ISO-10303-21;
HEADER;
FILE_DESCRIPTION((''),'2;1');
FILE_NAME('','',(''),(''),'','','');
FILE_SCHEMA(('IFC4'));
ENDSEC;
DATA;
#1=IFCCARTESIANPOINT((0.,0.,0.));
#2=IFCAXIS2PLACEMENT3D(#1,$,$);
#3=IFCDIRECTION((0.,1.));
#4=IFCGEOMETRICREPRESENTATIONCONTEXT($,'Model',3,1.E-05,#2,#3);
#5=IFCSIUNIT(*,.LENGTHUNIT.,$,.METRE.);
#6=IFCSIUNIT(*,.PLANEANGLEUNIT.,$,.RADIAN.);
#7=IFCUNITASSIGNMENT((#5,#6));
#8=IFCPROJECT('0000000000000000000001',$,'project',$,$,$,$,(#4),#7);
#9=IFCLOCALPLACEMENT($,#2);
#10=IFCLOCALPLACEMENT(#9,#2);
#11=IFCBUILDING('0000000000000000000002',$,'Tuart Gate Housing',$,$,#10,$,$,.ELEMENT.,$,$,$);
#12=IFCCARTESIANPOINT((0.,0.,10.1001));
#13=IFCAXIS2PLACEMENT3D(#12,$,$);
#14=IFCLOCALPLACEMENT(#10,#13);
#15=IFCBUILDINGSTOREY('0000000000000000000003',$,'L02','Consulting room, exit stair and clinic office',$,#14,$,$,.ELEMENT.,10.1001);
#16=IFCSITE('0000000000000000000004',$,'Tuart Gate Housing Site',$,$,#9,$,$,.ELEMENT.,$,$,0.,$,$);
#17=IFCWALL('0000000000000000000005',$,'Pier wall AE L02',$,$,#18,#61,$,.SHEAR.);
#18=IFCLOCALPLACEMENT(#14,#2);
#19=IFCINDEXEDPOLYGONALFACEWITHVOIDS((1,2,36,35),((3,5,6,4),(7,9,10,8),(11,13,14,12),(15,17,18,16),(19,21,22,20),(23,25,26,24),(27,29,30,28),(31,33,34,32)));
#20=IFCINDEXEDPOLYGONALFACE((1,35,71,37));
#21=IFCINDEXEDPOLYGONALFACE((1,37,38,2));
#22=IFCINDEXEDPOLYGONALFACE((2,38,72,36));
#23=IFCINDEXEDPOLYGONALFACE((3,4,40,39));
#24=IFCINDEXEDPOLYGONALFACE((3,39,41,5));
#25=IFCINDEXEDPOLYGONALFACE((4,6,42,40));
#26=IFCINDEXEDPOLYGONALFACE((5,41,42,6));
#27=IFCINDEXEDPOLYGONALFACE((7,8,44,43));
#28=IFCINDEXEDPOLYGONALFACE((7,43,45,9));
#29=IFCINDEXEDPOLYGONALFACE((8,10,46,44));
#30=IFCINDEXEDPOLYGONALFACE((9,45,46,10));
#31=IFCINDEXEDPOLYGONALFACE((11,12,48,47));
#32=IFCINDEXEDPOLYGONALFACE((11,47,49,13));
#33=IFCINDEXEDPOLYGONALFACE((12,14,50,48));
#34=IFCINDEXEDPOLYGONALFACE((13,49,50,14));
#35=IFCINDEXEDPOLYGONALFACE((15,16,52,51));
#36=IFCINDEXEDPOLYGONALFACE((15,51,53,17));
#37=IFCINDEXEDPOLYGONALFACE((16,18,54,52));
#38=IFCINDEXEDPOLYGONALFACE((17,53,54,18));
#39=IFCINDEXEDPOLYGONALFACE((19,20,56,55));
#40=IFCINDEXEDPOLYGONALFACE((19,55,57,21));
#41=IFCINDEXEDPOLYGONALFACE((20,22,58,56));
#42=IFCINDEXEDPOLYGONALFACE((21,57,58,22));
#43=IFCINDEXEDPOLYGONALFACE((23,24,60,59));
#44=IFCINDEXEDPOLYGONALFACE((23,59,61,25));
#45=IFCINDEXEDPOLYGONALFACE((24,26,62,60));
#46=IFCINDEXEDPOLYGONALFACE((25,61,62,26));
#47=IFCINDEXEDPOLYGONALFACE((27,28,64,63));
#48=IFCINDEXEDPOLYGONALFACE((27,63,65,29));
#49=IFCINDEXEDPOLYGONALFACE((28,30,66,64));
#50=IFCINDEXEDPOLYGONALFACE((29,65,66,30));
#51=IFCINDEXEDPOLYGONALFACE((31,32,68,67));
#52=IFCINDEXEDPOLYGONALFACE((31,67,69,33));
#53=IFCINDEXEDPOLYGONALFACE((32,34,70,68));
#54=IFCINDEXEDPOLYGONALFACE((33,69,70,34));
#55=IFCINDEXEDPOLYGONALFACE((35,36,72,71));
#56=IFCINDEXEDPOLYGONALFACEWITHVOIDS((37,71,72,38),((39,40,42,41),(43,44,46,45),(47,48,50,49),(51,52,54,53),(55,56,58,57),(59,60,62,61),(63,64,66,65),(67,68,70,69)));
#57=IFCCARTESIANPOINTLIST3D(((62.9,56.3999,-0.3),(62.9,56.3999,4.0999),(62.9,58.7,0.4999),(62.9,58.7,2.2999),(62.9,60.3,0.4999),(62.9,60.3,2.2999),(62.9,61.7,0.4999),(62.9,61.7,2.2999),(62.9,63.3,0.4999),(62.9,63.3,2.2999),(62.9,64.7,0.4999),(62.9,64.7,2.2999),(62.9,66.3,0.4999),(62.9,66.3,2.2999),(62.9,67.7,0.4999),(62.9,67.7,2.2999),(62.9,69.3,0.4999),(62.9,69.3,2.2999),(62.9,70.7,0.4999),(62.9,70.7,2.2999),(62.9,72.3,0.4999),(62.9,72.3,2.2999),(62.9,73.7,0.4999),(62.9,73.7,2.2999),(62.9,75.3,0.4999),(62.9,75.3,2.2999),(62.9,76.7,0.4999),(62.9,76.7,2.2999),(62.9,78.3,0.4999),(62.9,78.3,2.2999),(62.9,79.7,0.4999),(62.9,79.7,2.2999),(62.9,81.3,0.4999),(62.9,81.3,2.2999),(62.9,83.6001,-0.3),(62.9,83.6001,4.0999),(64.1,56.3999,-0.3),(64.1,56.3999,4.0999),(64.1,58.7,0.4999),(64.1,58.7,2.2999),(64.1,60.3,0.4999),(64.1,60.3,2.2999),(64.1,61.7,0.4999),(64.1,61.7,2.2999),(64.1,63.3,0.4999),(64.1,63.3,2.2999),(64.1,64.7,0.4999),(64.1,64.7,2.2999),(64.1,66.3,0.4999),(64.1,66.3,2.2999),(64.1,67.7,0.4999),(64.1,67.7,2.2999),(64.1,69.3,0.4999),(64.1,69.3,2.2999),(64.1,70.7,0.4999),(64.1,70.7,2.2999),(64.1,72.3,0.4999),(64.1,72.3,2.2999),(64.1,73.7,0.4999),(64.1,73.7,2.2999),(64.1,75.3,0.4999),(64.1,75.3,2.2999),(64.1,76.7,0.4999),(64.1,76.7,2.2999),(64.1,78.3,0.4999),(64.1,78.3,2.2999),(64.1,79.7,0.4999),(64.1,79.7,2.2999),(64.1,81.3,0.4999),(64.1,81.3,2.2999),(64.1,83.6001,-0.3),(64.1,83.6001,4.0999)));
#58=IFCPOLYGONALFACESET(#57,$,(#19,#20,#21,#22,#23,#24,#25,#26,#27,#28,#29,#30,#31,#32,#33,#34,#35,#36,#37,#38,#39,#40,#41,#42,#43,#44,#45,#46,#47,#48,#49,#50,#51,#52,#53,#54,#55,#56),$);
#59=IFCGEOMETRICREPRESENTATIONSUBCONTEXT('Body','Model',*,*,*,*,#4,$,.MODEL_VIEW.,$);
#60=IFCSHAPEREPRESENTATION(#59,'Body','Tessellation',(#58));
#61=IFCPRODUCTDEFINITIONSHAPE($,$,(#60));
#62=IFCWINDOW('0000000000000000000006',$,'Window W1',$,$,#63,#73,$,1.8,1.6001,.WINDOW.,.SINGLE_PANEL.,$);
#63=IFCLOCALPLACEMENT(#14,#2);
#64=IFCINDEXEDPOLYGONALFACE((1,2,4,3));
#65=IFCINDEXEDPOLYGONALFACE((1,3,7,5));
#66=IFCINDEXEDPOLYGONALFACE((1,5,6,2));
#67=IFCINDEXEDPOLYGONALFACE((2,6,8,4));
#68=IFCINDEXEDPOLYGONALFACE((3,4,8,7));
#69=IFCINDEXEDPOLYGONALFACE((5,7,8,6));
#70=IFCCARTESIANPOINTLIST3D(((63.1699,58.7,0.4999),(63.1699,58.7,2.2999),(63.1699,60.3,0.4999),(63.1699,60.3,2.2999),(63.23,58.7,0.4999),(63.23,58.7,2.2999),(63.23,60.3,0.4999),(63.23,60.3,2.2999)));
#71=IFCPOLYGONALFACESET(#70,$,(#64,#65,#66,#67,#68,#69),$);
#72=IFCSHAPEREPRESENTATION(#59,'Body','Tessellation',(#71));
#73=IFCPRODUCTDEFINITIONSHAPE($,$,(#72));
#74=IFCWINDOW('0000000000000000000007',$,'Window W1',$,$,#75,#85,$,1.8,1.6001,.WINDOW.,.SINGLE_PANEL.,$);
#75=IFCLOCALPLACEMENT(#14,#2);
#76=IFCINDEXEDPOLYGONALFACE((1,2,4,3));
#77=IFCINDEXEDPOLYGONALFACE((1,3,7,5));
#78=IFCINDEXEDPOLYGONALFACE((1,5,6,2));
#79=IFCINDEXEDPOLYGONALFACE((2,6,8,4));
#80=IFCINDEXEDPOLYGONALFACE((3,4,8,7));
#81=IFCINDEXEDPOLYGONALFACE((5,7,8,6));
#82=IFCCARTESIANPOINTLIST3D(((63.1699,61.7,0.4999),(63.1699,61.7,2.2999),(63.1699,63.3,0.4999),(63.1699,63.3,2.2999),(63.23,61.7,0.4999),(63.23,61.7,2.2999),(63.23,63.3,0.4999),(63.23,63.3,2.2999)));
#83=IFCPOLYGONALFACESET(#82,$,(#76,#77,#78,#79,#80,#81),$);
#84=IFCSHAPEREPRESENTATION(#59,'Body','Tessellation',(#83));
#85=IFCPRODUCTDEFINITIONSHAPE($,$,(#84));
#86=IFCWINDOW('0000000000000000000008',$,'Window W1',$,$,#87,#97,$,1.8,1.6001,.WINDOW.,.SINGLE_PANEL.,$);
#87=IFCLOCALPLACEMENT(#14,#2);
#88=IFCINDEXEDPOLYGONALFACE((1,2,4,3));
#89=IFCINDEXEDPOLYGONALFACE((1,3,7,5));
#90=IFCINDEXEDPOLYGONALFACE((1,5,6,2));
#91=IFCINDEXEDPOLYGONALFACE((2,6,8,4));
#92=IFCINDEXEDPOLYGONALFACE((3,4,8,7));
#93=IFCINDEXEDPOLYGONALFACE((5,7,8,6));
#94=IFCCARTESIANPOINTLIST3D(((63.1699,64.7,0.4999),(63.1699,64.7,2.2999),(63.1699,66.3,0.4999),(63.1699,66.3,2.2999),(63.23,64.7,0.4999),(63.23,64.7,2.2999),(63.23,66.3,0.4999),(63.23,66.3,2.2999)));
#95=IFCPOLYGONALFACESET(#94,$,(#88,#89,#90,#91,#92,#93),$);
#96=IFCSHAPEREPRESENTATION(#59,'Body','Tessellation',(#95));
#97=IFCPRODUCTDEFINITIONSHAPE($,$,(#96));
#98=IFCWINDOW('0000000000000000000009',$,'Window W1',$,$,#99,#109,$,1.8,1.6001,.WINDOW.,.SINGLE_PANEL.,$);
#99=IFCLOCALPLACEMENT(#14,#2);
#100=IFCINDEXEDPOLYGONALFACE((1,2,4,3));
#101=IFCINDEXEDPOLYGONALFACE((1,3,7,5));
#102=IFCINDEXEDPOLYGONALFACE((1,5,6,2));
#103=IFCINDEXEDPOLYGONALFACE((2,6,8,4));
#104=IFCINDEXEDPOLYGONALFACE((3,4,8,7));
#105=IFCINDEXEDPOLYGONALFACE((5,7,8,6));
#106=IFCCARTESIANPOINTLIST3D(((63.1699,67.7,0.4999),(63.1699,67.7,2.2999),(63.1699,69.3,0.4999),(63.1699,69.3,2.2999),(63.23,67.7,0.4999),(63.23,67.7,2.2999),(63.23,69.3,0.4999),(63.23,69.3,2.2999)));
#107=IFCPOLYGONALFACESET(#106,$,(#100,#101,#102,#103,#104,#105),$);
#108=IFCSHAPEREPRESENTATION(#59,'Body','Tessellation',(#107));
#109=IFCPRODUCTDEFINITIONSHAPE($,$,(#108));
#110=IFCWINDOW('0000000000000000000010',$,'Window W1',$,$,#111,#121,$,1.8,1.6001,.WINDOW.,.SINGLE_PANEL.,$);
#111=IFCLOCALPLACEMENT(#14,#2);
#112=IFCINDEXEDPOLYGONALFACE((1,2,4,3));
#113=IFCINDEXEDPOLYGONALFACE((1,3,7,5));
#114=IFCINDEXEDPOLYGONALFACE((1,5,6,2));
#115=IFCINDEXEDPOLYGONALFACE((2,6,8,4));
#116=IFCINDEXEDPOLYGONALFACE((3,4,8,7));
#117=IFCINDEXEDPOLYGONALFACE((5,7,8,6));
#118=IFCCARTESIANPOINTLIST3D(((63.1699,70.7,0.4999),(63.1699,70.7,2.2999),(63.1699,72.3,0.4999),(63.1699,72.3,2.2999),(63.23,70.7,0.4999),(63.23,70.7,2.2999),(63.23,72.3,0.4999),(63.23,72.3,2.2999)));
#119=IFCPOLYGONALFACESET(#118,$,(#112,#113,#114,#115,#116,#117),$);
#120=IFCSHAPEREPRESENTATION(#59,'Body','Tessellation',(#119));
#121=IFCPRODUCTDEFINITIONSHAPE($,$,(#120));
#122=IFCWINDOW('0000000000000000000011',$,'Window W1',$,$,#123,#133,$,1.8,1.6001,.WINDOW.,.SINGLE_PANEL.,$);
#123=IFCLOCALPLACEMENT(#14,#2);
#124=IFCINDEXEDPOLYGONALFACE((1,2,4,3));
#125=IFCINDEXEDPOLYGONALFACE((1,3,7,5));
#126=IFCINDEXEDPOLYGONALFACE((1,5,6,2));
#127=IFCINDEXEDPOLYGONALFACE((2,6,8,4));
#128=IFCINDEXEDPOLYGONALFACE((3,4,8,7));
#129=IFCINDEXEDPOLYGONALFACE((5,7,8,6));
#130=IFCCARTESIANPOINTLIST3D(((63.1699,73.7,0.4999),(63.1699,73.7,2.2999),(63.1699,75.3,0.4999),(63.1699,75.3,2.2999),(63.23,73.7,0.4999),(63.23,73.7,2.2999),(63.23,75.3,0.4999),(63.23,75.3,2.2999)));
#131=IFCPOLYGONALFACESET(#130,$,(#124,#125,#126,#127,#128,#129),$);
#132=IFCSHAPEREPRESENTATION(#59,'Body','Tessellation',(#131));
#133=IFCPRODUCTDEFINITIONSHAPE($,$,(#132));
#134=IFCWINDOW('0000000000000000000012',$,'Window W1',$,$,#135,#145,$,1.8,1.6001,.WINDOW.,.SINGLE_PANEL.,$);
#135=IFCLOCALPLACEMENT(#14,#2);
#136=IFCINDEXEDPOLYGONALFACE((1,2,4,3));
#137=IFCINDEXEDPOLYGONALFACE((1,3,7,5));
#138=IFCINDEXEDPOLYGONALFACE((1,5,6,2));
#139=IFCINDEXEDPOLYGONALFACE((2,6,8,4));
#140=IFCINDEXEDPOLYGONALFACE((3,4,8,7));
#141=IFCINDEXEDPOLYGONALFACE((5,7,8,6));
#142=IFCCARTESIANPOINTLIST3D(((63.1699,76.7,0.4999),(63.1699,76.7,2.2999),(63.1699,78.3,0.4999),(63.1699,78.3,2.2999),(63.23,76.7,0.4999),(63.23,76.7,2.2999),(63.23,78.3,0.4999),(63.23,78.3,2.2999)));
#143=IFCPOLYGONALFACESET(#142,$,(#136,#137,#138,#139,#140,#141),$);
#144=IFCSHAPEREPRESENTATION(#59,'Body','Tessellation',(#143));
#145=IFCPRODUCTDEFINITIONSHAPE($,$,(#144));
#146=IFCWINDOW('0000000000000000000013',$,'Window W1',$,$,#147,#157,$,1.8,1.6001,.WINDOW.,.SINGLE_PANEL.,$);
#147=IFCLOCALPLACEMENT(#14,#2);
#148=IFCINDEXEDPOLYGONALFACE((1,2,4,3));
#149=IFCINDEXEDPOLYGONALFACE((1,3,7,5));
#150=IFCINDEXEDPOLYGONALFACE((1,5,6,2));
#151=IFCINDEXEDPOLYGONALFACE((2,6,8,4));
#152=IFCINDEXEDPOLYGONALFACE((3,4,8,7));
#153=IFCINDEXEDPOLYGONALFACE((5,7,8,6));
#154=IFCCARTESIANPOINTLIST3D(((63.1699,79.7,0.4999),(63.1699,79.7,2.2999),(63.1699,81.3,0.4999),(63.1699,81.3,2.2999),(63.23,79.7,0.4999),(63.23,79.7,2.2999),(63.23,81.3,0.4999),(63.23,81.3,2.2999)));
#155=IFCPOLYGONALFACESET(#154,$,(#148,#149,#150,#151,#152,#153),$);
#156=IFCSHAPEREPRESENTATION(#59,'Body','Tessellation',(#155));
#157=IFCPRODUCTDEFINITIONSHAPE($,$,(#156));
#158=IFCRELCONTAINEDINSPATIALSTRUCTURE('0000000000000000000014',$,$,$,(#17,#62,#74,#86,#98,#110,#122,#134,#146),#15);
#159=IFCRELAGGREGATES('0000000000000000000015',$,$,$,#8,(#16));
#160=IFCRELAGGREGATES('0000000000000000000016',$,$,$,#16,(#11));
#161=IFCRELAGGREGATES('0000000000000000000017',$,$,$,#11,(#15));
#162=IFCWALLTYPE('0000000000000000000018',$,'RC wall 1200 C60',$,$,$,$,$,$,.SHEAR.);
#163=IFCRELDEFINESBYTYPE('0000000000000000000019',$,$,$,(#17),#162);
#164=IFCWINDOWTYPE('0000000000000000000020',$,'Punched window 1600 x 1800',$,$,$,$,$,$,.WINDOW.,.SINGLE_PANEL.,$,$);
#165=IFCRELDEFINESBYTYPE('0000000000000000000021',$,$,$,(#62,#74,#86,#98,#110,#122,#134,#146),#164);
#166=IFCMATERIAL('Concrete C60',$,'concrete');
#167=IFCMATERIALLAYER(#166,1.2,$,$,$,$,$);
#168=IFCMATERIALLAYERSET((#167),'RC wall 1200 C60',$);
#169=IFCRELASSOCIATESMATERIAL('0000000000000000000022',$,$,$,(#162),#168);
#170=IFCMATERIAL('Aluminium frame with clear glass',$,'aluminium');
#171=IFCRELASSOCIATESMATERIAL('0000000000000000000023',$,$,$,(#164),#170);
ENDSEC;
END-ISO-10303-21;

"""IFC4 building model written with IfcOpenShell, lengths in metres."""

from ifc_helpers import new_model, si_unit, direction, frame, frame_2d, origin, place, context, subcontext, project, spatial, rectangle, extrude, material, layer, layer_set, type_object, element, fill, save


model = new_model("IFC4")

# Units and contexts
model_context = context("Model", 3, precision=1e-05, world=origin(), true_north=direction((0.0, 1.0)))
body_context = subcontext(model_context, "Body", "Model", "MODEL_VIEW")
ifc_project = project(units=[si_unit("LENGTHUNIT", "METRE"), si_unit("PLANEANGLEUNIT", "RADIAN")], contexts=[model_context])

# Site, building, storey
site_placement = place(None, origin())
site = spatial("IfcSite", under=ifc_project, at=site_placement, Name="Tuart Gate Housing Site", CompositionType="ELEMENT", RefElevation=0.0)
building_placement = place(site_placement, origin())
building = spatial("IfcBuilding", under=site, at=building_placement, Name="Tuart Gate Housing", CompositionType="ELEMENT")
storey_placement = place(building_placement, frame((0.0, 0.0, 10.1001)))
storey = spatial("IfcBuildingStorey", under=building, at=storey_placement, Name="L02", Description="Consulting room, exit stair and clinic office", CompositionType="ELEMENT", Elevation=10.1001)

# Wall, openings, windows
ifc_material_1 = material(Name="Concrete C60", Category="concrete")
ifc_layer_1 = layer(ifc_material_1, 1.2)
ifc_layer_set_1 = layer_set([ifc_layer_1], Name="RC wall 1200 C60")
wall_type_1 = type_object("IfcWallType", Name="RC wall 1200 C60", PredefinedType="SHEAR", material=ifc_layer_set_1)
wall_1_placement = place(storey_placement, frame((63.5, 56.3999, -0.3), z_axis=(0.0, 0.0, 1.0), x_axis=(0.0, 1.0, 0.0)))
wall_1 = element("IfcWall", 1, at=wall_1_placement, inside=storey, type_object=wall_type_1, Name="Pier wall AE L02", PredefinedType="SHEAR", context=body_context, shape_type="SweptSolid", body=[
    extrude(rectangle(XDim=27.2002, YDim=1.2, at=frame_2d((13.6001, 0.0))), origin(), (0.0, 0.0, 1.0), 4.3999),
])
opening_1_placement = place(wall_1_placement, frame((2.3, 0.0, 0.8)))
opening_1 = element("IfcOpeningElement", 2, at=opening_1_placement, cuts=wall_1, PredefinedType="OPENING", context=body_context, shape_type="SweptSolid", body=[
    extrude(rectangle(XDim=1.6001, YDim=1.8, at=frame_2d((0.8, 0.8999))), frame((0.0, 0.6099, 0.0), z_axis=(0.0, -1.0, 0.0), x_axis=(1.0, 0.0, 0.0)), (0.0, 0.0, 1.0), 1.22),
])
opening_2_placement = place(wall_1_placement, frame((5.3, 0.0, 0.8)))
opening_2 = element("IfcOpeningElement", 3, at=opening_2_placement, cuts=wall_1, PredefinedType="OPENING", context=body_context, shape_type="SweptSolid", body=[
    extrude(rectangle(XDim=1.6001, YDim=1.8, at=frame_2d((0.8, 0.8999))), frame((0.0, 0.6099, 0.0), z_axis=(0.0, -1.0, 0.0), x_axis=(1.0, 0.0, 0.0)), (0.0, 0.0, 1.0), 1.22),
])
opening_3_placement = place(wall_1_placement, frame((8.3, 0.0, 0.8)))
opening_3 = element("IfcOpeningElement", 4, at=opening_3_placement, cuts=wall_1, PredefinedType="OPENING", context=body_context, shape_type="SweptSolid", body=[
    extrude(rectangle(XDim=1.6001, YDim=1.8, at=frame_2d((0.8, 0.8999))), frame((0.0, 0.6099, 0.0), z_axis=(0.0, -1.0, 0.0), x_axis=(1.0, 0.0, 0.0)), (0.0, 0.0, 1.0), 1.22),
])
opening_4_placement = place(wall_1_placement, frame((11.3, 0.0, 0.8)))
opening_4 = element("IfcOpeningElement", 5, at=opening_4_placement, cuts=wall_1, PredefinedType="OPENING", context=body_context, shape_type="SweptSolid", body=[
    extrude(rectangle(XDim=1.6001, YDim=1.8, at=frame_2d((0.8, 0.8999))), frame((0.0, 0.6099, 0.0), z_axis=(0.0, -1.0, 0.0), x_axis=(1.0, 0.0, 0.0)), (0.0, 0.0, 1.0), 1.22),
])
opening_5_placement = place(wall_1_placement, frame((14.3, 0.0, 0.8)))
opening_5 = element("IfcOpeningElement", 6, at=opening_5_placement, cuts=wall_1, PredefinedType="OPENING", context=body_context, shape_type="SweptSolid", body=[
    extrude(rectangle(XDim=1.6001, YDim=1.8, at=frame_2d((0.8, 0.8999))), frame((0.0, 0.6099, 0.0), z_axis=(0.0, -1.0, 0.0), x_axis=(1.0, 0.0, 0.0)), (0.0, 0.0, 1.0), 1.22),
])
opening_6_placement = place(wall_1_placement, frame((17.3, 0.0, 0.8)))
opening_6 = element("IfcOpeningElement", 7, at=opening_6_placement, cuts=wall_1, PredefinedType="OPENING", context=body_context, shape_type="SweptSolid", body=[
    extrude(rectangle(XDim=1.6001, YDim=1.8, at=frame_2d((0.8, 0.8999))), frame((0.0, 0.6099, 0.0), z_axis=(0.0, -1.0, 0.0), x_axis=(1.0, 0.0, 0.0)), (0.0, 0.0, 1.0), 1.22),
])
opening_7_placement = place(wall_1_placement, frame((20.3, 0.0, 0.8)))
opening_7 = element("IfcOpeningElement", 8, at=opening_7_placement, cuts=wall_1, PredefinedType="OPENING", context=body_context, shape_type="SweptSolid", body=[
    extrude(rectangle(XDim=1.6001, YDim=1.8, at=frame_2d((0.8, 0.8999))), frame((0.0, 0.6099, 0.0), z_axis=(0.0, -1.0, 0.0), x_axis=(1.0, 0.0, 0.0)), (0.0, 0.0, 1.0), 1.22),
])
opening_8_placement = place(wall_1_placement, frame((23.3, 0.0, 0.8)))
opening_8 = element("IfcOpeningElement", 9, at=opening_8_placement, cuts=wall_1, PredefinedType="OPENING", context=body_context, shape_type="SweptSolid", body=[
    extrude(rectangle(XDim=1.6001, YDim=1.8, at=frame_2d((0.8, 0.8999))), frame((0.0, 0.6099, 0.0), z_axis=(0.0, -1.0, 0.0), x_axis=(1.0, 0.0, 0.0)), (0.0, 0.0, 1.0), 1.22),
])
ifc_material_2 = material(Name="Aluminium frame with clear glass", Category="aluminium")
window_type = type_object("IfcWindowType", Name="Punched window 1600 x 1800", PartitioningType="SINGLE_PANEL", PredefinedType="WINDOW", material=ifc_material_2)
window_1_placement = place(opening_1_placement, origin())
window_1 = element("IfcWindow", 10, at=window_1_placement, inside=storey, type_object=window_type, Name="Window W1", OverallHeight=1.8, OverallWidth=1.6001, PartitioningType="SINGLE_PANEL", PredefinedType="WINDOW", context=body_context, shape_type="SweptSolid", body=[
    extrude(rectangle(XDim=1.6001, YDim=1.8, at=frame_2d((0.8, 0.8999))), frame((0.0, 0.3301, 0.0), z_axis=(0.0, -1.0, 0.0), x_axis=(1.0, 0.0, 0.0)), (0.0, 0.0, 1.0), 0.0601),
])
fill(opening_1, window_1)
window_2_placement = place(opening_2_placement, origin())
window_2 = element("IfcWindow", 11, at=window_2_placement, inside=storey, type_object=window_type, Name="Window W1", OverallHeight=1.8, OverallWidth=1.6001, PartitioningType="SINGLE_PANEL", PredefinedType="WINDOW", context=body_context, shape_type="SweptSolid", body=[
    extrude(rectangle(XDim=1.6001, YDim=1.8, at=frame_2d((0.8, 0.8999))), frame((0.0, 0.3301, 0.0), z_axis=(0.0, -1.0, 0.0), x_axis=(1.0, 0.0, 0.0)), (0.0, 0.0, 1.0), 0.0601),
])
fill(opening_2, window_2)
window_3_placement = place(opening_3_placement, origin())
window_3 = element("IfcWindow", 12, at=window_3_placement, inside=storey, type_object=window_type, Name="Window W1", OverallHeight=1.8, OverallWidth=1.6001, PartitioningType="SINGLE_PANEL", PredefinedType="WINDOW", context=body_context, shape_type="SweptSolid", body=[
    extrude(rectangle(XDim=1.6001, YDim=1.8, at=frame_2d((0.8, 0.8999))), frame((0.0, 0.3301, 0.0), z_axis=(0.0, -1.0, 0.0), x_axis=(1.0, 0.0, 0.0)), (0.0, 0.0, 1.0), 0.0601),
])
fill(opening_3, window_3)
window_4_placement = place(opening_4_placement, origin())
window_4 = element("IfcWindow", 13, at=window_4_placement, inside=storey, type_object=window_type, Name="Window W1", OverallHeight=1.8, OverallWidth=1.6001, PartitioningType="SINGLE_PANEL", PredefinedType="WINDOW", context=body_context, shape_type="SweptSolid", body=[
    extrude(rectangle(XDim=1.6001, YDim=1.8, at=frame_2d((0.8, 0.8999))), frame((0.0, 0.3301, 0.0), z_axis=(0.0, -1.0, 0.0), x_axis=(1.0, 0.0, 0.0)), (0.0, 0.0, 1.0), 0.0601),
])
fill(opening_4, window_4)
window_5_placement = place(opening_5_placement, origin())
window_5 = element("IfcWindow", 14, at=window_5_placement, inside=storey, type_object=window_type, Name="Window W1", OverallHeight=1.8, OverallWidth=1.6001, PartitioningType="SINGLE_PANEL", PredefinedType="WINDOW", context=body_context, shape_type="SweptSolid", body=[
    extrude(rectangle(XDim=1.6001, YDim=1.8, at=frame_2d((0.8, 0.8999))), frame((0.0, 0.3301, 0.0), z_axis=(0.0, -1.0, 0.0), x_axis=(1.0, 0.0, 0.0)), (0.0, 0.0, 1.0), 0.0601),
])
fill(opening_5, window_5)
window_6_placement = place(opening_6_placement, origin())
window_6 = element("IfcWindow", 15, at=window_6_placement, inside=storey, type_object=window_type, Name="Window W1", OverallHeight=1.8, OverallWidth=1.6001, PartitioningType="SINGLE_PANEL", PredefinedType="WINDOW", context=body_context, shape_type="SweptSolid", body=[
    extrude(rectangle(XDim=1.6001, YDim=1.8, at=frame_2d((0.8, 0.8999))), frame((0.0, 0.3301, 0.0), z_axis=(0.0, -1.0, 0.0), x_axis=(1.0, 0.0, 0.0)), (0.0, 0.0, 1.0), 0.0601),
])
fill(opening_6, window_6)
window_7_placement = place(opening_7_placement, origin())
window_7 = element("IfcWindow", 16, at=window_7_placement, inside=storey, type_object=window_type, Name="Window W1", OverallHeight=1.8, OverallWidth=1.6001, PartitioningType="SINGLE_PANEL", PredefinedType="WINDOW", context=body_context, shape_type="SweptSolid", body=[
    extrude(rectangle(XDim=1.6001, YDim=1.8, at=frame_2d((0.8, 0.8999))), frame((0.0, 0.3301, 0.0), z_axis=(0.0, -1.0, 0.0), x_axis=(1.0, 0.0, 0.0)), (0.0, 0.0, 1.0), 0.0601),
])
fill(opening_7, window_7)
window_8_placement = place(opening_8_placement, origin())
window_8 = element("IfcWindow", 17, at=window_8_placement, inside=storey, type_object=window_type, Name="Window W1", OverallHeight=1.8, OverallWidth=1.6001, PartitioningType="SINGLE_PANEL", PredefinedType="WINDOW", context=body_context, shape_type="SweptSolid", body=[
    extrude(rectangle(XDim=1.6001, YDim=1.8, at=frame_2d((0.8, 0.8999))), frame((0.0, 0.3301, 0.0), z_axis=(0.0, -1.0, 0.0), x_axis=(1.0, 0.0, 0.0)), (0.0, 0.0, 1.0), 0.0601),
])
fill(opening_8, window_8)

save(model, "model.ifc")
